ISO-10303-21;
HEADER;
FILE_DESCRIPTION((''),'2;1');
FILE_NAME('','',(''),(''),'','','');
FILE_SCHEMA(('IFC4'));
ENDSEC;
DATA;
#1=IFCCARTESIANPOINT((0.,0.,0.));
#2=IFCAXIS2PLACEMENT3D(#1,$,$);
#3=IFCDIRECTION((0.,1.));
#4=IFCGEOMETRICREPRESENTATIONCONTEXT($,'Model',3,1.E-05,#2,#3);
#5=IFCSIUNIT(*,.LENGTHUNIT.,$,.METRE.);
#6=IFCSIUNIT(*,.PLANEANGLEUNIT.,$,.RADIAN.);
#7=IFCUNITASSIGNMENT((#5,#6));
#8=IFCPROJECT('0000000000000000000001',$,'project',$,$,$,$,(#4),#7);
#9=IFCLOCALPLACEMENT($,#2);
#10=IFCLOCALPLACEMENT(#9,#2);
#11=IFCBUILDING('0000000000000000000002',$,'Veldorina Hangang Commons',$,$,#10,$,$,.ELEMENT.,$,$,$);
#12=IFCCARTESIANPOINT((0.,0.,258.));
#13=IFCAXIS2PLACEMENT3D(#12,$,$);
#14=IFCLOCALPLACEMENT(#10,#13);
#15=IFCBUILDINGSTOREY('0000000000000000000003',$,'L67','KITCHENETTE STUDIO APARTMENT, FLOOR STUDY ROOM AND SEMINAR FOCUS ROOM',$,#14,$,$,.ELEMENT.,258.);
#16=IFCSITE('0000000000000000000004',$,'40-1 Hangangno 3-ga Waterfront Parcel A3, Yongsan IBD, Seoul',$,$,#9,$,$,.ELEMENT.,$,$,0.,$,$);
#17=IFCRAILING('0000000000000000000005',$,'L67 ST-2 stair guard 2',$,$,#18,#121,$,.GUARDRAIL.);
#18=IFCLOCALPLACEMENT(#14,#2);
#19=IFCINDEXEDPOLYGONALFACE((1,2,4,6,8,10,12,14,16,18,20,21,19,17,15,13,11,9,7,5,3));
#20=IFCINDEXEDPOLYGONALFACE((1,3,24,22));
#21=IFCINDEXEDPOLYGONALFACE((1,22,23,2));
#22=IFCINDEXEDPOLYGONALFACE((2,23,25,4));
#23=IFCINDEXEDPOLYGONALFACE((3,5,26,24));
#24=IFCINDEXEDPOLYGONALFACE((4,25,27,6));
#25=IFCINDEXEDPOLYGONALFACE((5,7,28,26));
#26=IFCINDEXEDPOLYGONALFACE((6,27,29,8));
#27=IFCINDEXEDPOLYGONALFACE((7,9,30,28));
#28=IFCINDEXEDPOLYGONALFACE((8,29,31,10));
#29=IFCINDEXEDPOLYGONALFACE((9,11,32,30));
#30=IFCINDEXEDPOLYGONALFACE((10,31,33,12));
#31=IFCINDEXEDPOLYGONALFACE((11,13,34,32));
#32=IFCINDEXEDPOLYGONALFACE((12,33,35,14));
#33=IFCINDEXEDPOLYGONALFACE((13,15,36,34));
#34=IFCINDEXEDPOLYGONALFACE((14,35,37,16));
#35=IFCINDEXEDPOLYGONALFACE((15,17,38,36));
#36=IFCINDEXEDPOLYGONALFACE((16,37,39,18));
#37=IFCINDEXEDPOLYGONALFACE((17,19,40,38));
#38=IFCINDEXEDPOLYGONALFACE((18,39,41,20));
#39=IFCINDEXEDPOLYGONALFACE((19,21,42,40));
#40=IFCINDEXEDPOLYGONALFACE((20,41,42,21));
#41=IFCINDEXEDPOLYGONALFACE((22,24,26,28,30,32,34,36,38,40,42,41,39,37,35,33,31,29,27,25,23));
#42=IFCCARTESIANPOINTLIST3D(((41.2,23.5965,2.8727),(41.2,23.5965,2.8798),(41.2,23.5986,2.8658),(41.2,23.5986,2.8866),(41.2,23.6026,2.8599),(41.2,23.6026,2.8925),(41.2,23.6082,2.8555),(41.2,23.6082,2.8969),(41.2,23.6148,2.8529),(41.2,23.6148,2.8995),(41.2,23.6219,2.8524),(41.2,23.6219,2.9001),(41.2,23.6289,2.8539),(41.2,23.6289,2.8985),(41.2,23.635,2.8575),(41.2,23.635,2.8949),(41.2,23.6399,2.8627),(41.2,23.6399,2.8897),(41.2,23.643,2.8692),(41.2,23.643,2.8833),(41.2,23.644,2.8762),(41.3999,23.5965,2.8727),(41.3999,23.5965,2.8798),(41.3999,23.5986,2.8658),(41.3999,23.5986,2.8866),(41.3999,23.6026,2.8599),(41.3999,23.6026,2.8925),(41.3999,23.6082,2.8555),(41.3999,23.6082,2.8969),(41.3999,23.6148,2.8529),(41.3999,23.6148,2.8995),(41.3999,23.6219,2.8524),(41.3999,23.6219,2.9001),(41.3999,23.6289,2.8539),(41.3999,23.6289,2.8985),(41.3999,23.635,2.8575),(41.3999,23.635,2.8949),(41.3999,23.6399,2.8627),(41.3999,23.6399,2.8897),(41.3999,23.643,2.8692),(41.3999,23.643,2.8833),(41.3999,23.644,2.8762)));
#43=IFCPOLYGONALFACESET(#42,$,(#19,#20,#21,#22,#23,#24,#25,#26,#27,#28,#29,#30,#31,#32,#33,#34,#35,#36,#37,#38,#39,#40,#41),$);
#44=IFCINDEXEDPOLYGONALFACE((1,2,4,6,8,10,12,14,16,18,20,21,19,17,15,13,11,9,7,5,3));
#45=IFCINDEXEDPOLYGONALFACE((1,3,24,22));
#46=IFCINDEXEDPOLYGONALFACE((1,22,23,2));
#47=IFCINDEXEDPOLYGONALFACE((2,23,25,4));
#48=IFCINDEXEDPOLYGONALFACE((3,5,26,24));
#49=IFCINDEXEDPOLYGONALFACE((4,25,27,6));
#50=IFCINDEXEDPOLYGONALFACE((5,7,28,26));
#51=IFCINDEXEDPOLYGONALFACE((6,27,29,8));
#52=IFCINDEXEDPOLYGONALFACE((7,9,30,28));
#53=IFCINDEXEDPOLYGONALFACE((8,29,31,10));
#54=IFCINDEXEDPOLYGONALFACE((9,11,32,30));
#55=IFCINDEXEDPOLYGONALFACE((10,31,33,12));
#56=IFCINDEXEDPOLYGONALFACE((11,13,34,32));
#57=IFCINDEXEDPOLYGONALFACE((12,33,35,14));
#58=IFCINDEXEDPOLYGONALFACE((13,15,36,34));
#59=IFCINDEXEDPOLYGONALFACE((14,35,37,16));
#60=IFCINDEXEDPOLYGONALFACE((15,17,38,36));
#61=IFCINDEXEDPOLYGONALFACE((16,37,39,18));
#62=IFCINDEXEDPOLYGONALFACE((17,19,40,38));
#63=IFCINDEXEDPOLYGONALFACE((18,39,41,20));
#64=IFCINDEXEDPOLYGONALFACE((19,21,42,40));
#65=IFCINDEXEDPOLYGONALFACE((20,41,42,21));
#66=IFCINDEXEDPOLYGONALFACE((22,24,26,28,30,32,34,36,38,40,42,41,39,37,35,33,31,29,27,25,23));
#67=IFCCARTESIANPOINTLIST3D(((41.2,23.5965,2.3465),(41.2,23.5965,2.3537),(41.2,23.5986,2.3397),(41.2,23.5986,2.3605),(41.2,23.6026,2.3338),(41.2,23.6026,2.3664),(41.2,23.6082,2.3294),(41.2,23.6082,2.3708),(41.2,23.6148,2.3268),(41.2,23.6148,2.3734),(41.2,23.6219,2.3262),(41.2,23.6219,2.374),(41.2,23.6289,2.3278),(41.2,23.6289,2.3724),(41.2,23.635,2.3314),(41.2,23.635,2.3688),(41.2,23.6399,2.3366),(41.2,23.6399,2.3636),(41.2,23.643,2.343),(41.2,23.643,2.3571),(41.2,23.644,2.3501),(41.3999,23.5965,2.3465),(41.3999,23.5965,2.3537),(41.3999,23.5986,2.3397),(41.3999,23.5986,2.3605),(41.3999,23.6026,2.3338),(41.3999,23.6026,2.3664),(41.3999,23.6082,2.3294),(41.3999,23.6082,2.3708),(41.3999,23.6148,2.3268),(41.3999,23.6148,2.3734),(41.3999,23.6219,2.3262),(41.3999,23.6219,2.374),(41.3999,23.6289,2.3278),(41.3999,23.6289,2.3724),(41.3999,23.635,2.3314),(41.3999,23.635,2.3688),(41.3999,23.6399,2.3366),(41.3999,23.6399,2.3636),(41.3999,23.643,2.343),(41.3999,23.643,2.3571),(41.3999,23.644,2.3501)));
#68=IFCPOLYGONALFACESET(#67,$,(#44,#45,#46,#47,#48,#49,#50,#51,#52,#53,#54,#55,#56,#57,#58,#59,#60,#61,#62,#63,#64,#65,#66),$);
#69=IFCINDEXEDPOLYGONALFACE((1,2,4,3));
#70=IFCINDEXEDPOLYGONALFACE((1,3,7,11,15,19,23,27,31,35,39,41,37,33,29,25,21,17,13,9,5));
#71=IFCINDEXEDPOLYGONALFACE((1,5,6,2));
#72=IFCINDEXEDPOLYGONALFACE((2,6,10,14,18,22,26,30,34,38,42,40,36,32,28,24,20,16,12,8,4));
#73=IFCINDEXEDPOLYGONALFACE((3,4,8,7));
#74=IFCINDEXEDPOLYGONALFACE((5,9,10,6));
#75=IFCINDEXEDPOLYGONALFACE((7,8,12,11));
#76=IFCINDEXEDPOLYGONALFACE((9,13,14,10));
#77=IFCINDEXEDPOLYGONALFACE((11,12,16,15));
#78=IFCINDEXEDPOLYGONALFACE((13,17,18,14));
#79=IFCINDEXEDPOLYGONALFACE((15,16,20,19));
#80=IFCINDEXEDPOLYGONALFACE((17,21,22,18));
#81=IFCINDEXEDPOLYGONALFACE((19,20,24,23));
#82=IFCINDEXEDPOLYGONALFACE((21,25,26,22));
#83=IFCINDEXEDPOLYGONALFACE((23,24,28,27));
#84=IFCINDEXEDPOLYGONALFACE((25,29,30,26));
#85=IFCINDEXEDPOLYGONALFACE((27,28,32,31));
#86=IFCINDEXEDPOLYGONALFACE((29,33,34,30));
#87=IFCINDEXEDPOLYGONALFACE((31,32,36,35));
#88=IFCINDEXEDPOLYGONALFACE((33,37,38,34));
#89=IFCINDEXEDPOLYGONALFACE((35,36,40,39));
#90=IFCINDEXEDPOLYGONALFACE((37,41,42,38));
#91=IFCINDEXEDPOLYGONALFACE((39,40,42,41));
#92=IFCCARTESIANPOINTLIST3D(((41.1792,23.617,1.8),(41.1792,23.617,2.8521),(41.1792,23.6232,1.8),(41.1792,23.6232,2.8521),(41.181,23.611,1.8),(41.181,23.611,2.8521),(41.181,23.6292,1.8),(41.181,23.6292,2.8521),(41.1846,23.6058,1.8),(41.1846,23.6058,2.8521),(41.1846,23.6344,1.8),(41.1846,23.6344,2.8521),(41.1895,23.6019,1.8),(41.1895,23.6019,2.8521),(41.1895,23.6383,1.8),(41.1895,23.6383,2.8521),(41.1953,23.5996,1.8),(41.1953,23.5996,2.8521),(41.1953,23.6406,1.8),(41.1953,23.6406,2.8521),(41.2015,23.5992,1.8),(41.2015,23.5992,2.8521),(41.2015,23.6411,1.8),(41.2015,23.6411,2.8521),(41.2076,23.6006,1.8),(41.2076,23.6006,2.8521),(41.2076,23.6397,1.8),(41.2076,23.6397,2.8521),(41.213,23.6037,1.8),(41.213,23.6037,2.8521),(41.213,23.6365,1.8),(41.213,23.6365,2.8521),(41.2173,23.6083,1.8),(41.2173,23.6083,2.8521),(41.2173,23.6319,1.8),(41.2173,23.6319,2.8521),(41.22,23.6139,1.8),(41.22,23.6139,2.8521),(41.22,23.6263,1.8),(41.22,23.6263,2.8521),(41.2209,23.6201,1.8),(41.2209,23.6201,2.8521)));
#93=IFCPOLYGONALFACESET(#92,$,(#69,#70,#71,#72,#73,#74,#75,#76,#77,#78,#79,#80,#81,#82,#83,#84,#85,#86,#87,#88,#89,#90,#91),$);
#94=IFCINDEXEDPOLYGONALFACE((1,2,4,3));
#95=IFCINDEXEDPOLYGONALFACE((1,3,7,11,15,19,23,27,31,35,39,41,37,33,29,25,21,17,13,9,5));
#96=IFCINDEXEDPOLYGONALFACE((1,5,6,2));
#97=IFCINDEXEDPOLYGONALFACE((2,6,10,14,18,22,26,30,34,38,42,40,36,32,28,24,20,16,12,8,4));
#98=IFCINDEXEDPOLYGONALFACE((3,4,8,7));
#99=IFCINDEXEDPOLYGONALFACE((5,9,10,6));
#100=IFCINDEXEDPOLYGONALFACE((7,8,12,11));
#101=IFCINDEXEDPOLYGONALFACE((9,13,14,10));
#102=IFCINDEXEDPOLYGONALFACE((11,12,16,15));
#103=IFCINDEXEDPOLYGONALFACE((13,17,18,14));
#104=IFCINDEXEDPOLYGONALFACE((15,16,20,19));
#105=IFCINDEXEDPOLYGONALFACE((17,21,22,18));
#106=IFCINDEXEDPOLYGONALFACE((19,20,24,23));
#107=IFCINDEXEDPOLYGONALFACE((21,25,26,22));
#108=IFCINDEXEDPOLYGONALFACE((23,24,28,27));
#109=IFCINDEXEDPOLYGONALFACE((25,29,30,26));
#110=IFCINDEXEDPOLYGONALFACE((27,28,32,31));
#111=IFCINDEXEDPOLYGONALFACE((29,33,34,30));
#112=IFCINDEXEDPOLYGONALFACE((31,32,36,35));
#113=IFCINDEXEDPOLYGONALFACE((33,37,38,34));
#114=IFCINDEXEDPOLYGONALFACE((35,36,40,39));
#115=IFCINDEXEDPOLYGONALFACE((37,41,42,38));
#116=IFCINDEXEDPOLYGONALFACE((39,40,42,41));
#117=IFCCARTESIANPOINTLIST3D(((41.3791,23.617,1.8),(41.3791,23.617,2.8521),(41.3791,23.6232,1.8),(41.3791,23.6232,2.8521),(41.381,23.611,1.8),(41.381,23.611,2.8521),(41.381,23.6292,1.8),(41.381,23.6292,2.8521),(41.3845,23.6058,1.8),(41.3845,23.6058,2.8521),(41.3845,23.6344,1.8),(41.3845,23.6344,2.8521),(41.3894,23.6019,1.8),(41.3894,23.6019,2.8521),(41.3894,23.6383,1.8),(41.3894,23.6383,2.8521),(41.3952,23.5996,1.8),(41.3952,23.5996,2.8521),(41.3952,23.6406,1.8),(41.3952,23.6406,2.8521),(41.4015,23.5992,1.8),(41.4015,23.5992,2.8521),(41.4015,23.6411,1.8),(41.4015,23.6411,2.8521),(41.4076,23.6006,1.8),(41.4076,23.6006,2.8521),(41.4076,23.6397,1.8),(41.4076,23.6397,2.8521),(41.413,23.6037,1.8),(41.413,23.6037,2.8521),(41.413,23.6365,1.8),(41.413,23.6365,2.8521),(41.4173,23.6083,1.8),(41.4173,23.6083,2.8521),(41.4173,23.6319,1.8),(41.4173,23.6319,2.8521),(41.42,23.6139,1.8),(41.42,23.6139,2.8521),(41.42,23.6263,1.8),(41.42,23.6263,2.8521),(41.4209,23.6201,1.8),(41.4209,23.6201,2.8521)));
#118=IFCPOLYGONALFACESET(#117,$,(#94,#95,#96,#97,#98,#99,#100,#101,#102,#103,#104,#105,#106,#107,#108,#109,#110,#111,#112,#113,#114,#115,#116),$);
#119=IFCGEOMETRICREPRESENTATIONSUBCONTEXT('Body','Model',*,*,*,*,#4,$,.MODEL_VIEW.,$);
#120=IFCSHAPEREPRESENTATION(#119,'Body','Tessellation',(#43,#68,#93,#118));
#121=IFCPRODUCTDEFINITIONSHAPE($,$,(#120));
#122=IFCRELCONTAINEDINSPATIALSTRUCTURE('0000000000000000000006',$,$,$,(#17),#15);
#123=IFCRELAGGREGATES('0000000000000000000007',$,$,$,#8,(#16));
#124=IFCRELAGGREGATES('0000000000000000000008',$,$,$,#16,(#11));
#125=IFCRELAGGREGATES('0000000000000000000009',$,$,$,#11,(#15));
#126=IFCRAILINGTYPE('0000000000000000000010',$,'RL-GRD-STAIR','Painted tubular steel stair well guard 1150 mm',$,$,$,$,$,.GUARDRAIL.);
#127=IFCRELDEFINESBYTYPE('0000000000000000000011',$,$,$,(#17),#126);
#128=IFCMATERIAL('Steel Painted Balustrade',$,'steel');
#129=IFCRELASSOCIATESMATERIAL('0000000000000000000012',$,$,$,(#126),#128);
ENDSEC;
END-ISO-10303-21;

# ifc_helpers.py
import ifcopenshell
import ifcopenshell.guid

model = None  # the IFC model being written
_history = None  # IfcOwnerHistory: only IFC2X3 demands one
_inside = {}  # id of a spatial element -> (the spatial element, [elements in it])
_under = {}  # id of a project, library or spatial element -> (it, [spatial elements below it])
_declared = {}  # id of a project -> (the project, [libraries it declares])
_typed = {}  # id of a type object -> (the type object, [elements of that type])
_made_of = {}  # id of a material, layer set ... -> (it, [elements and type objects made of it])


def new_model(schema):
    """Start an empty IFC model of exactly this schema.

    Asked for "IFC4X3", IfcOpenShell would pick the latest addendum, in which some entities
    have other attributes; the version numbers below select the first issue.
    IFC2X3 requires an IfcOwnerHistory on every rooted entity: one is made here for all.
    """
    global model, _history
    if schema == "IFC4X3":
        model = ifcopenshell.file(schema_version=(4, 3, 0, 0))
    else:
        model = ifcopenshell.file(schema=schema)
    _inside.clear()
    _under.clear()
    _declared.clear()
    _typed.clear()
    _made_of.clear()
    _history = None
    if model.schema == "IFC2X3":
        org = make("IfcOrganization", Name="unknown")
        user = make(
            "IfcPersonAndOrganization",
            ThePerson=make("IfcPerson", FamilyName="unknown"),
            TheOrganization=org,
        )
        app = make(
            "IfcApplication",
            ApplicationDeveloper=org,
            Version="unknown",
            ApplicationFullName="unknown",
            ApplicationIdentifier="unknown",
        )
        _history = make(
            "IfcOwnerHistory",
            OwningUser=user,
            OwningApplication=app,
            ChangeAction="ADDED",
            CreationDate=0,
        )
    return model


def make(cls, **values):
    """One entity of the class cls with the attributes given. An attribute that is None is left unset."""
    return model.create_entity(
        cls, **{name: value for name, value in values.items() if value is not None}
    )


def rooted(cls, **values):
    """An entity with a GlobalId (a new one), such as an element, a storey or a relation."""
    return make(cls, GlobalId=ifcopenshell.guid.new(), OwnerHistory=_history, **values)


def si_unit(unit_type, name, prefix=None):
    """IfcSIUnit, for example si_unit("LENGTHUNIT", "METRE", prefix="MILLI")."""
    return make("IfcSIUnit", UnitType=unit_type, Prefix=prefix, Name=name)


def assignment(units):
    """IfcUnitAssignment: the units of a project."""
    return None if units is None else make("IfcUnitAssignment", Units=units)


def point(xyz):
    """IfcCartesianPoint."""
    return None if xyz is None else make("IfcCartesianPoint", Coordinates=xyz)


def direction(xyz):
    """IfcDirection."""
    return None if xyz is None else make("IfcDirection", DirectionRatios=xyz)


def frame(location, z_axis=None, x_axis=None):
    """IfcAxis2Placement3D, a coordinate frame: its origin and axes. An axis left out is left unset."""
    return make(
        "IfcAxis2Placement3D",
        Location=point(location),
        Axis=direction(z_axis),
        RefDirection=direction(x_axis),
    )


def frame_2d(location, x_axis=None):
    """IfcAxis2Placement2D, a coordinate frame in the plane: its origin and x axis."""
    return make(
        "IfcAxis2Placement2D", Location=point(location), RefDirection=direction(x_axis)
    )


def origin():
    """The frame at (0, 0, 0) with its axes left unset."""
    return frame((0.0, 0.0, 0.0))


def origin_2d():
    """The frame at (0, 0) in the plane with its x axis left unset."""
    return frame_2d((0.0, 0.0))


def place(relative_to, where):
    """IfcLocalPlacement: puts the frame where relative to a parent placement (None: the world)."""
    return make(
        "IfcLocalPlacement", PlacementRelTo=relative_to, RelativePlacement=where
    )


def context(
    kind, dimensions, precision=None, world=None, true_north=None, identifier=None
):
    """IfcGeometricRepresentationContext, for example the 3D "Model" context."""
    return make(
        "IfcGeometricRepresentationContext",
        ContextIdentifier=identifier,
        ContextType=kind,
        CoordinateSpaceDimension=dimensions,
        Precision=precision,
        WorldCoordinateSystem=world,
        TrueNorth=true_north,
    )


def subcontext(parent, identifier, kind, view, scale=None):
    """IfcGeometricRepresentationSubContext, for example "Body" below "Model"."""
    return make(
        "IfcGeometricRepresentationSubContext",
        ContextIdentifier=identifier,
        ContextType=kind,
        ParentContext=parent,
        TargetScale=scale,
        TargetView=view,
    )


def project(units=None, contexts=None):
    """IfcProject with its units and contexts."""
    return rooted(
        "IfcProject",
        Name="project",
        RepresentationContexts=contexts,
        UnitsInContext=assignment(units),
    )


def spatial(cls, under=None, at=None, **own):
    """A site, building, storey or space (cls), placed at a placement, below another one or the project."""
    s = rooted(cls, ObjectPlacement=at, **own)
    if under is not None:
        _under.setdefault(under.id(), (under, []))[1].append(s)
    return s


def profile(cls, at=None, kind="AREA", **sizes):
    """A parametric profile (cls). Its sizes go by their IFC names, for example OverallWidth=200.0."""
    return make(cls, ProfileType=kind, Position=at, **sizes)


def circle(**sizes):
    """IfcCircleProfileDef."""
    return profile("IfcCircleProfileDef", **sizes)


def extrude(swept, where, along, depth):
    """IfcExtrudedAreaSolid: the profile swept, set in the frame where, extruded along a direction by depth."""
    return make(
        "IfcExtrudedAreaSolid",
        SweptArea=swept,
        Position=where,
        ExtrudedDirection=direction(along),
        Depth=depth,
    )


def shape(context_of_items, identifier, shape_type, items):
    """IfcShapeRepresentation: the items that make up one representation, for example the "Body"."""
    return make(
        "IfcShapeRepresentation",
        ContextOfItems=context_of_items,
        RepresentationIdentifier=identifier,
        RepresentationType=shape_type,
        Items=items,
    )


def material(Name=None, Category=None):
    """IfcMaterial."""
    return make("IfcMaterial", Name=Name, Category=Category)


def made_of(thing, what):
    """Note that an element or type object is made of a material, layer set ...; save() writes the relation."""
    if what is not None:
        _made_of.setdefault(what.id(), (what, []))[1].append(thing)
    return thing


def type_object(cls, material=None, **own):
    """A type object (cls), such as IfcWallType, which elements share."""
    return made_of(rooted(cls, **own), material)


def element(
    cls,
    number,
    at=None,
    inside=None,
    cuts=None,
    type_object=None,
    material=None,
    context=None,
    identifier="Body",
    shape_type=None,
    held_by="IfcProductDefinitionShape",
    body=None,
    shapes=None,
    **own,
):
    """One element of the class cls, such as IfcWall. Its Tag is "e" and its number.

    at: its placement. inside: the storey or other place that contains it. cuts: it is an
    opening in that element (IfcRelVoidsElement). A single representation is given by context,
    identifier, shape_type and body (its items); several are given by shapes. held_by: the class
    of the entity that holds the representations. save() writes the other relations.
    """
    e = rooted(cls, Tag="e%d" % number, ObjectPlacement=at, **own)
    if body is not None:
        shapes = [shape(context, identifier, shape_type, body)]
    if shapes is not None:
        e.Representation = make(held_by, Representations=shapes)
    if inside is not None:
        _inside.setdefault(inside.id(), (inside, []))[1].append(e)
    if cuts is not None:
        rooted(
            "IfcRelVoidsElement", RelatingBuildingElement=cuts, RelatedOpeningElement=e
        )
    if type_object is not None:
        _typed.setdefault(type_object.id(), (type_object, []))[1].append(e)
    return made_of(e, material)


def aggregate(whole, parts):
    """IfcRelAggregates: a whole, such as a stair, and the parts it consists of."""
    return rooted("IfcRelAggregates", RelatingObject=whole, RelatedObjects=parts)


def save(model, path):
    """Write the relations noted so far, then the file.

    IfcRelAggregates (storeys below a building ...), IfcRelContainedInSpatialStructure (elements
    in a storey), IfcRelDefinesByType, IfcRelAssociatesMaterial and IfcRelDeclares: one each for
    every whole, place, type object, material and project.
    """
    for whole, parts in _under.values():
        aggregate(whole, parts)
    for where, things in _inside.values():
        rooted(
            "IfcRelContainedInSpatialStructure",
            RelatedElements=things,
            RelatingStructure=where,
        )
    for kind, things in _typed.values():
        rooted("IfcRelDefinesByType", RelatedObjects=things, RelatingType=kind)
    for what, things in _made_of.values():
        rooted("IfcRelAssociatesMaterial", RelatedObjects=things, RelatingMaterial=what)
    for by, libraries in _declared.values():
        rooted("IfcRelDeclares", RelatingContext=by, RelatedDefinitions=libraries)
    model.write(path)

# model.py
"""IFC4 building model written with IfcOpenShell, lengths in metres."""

from ifc_helpers import new_model, si_unit, direction, frame, origin, origin_2d, place, context, subcontext, project, spatial, circle, extrude, material, type_object, element, save


model = new_model("IFC4")

# Units and contexts
model_context = context("Model", 3, precision=1e-05, world=origin(), true_north=direction((0.0, 1.0)))
body_context = subcontext(model_context, "Body", "Model", "MODEL_VIEW")
ifc_project = project(units=[si_unit("LENGTHUNIT", "METRE"), si_unit("PLANEANGLEUNIT", "RADIAN")], contexts=[model_context])

# Site, building, storey
site_placement = place(None, origin())
site = spatial("IfcSite", under=ifc_project, at=site_placement, Name="40-1 Hangangno 3-ga Waterfront Parcel A3, Yongsan IBD, Seoul", CompositionType="ELEMENT", RefElevation=0.0)
building_placement = place(site_placement, origin())
building = spatial("IfcBuilding", under=site, at=building_placement, Name="Veldorina Hangang Commons", CompositionType="ELEMENT")
storey_placement = place(building_placement, frame((0.0, 0.0, 258.0)))
storey = spatial("IfcBuildingStorey", under=building, at=storey_placement, Name="L67", Description="KITCHENETTE STUDIO APARTMENT, FLOOR STUDY ROOM AND SEMINAR FOCUS ROOM", CompositionType="ELEMENT", Elevation=258.0)

# Railing
ifc_material_1 = material(Name="Steel Painted Balustrade", Category="steel")
railing_type_1 = type_object("IfcRailingType", Name="RL-GRD-STAIR", Description="Painted tubular steel stair well guard 1150 mm", PredefinedType="GUARDRAIL", material=ifc_material_1)
railing_1_placement = place(storey_placement, frame((41.2, 23.6201, 1.8)))
element("IfcRailing", 1, at=railing_1_placement, inside=storey, type_object=railing_type_1, Name="L67 ST-2 stair guard 2", PredefinedType="GUARDRAIL", context=body_context, shape_type="SweptSolid", body=[
    extrude(circle(Radius=0.0239, at=origin_2d()), frame((0.0, 0.0, 1.0762), z_axis=(1.0, 0.0, 0.0), x_axis=(0.0, 1.0, 0.0)), (0.0, 0.0, 1.0), 0.2),
    extrude(circle(Radius=0.0239, at=origin_2d()), frame((0.0, 0.0, 0.55), z_axis=(1.0, 0.0, 0.0), x_axis=(0.0, 1.0, 0.0)), (0.0, 0.0, 1.0), 0.2),
    extrude(circle(Radius=0.021, at=origin_2d()), origin(), (0.0, 0.0, 1.0), 1.052),
    extrude(circle(Radius=0.021, at=origin_2d()), frame((0.2, 0.0, 0.0)), (0.0, 0.0, 1.0), 1.052),
])

save(model, "model.ifc")
